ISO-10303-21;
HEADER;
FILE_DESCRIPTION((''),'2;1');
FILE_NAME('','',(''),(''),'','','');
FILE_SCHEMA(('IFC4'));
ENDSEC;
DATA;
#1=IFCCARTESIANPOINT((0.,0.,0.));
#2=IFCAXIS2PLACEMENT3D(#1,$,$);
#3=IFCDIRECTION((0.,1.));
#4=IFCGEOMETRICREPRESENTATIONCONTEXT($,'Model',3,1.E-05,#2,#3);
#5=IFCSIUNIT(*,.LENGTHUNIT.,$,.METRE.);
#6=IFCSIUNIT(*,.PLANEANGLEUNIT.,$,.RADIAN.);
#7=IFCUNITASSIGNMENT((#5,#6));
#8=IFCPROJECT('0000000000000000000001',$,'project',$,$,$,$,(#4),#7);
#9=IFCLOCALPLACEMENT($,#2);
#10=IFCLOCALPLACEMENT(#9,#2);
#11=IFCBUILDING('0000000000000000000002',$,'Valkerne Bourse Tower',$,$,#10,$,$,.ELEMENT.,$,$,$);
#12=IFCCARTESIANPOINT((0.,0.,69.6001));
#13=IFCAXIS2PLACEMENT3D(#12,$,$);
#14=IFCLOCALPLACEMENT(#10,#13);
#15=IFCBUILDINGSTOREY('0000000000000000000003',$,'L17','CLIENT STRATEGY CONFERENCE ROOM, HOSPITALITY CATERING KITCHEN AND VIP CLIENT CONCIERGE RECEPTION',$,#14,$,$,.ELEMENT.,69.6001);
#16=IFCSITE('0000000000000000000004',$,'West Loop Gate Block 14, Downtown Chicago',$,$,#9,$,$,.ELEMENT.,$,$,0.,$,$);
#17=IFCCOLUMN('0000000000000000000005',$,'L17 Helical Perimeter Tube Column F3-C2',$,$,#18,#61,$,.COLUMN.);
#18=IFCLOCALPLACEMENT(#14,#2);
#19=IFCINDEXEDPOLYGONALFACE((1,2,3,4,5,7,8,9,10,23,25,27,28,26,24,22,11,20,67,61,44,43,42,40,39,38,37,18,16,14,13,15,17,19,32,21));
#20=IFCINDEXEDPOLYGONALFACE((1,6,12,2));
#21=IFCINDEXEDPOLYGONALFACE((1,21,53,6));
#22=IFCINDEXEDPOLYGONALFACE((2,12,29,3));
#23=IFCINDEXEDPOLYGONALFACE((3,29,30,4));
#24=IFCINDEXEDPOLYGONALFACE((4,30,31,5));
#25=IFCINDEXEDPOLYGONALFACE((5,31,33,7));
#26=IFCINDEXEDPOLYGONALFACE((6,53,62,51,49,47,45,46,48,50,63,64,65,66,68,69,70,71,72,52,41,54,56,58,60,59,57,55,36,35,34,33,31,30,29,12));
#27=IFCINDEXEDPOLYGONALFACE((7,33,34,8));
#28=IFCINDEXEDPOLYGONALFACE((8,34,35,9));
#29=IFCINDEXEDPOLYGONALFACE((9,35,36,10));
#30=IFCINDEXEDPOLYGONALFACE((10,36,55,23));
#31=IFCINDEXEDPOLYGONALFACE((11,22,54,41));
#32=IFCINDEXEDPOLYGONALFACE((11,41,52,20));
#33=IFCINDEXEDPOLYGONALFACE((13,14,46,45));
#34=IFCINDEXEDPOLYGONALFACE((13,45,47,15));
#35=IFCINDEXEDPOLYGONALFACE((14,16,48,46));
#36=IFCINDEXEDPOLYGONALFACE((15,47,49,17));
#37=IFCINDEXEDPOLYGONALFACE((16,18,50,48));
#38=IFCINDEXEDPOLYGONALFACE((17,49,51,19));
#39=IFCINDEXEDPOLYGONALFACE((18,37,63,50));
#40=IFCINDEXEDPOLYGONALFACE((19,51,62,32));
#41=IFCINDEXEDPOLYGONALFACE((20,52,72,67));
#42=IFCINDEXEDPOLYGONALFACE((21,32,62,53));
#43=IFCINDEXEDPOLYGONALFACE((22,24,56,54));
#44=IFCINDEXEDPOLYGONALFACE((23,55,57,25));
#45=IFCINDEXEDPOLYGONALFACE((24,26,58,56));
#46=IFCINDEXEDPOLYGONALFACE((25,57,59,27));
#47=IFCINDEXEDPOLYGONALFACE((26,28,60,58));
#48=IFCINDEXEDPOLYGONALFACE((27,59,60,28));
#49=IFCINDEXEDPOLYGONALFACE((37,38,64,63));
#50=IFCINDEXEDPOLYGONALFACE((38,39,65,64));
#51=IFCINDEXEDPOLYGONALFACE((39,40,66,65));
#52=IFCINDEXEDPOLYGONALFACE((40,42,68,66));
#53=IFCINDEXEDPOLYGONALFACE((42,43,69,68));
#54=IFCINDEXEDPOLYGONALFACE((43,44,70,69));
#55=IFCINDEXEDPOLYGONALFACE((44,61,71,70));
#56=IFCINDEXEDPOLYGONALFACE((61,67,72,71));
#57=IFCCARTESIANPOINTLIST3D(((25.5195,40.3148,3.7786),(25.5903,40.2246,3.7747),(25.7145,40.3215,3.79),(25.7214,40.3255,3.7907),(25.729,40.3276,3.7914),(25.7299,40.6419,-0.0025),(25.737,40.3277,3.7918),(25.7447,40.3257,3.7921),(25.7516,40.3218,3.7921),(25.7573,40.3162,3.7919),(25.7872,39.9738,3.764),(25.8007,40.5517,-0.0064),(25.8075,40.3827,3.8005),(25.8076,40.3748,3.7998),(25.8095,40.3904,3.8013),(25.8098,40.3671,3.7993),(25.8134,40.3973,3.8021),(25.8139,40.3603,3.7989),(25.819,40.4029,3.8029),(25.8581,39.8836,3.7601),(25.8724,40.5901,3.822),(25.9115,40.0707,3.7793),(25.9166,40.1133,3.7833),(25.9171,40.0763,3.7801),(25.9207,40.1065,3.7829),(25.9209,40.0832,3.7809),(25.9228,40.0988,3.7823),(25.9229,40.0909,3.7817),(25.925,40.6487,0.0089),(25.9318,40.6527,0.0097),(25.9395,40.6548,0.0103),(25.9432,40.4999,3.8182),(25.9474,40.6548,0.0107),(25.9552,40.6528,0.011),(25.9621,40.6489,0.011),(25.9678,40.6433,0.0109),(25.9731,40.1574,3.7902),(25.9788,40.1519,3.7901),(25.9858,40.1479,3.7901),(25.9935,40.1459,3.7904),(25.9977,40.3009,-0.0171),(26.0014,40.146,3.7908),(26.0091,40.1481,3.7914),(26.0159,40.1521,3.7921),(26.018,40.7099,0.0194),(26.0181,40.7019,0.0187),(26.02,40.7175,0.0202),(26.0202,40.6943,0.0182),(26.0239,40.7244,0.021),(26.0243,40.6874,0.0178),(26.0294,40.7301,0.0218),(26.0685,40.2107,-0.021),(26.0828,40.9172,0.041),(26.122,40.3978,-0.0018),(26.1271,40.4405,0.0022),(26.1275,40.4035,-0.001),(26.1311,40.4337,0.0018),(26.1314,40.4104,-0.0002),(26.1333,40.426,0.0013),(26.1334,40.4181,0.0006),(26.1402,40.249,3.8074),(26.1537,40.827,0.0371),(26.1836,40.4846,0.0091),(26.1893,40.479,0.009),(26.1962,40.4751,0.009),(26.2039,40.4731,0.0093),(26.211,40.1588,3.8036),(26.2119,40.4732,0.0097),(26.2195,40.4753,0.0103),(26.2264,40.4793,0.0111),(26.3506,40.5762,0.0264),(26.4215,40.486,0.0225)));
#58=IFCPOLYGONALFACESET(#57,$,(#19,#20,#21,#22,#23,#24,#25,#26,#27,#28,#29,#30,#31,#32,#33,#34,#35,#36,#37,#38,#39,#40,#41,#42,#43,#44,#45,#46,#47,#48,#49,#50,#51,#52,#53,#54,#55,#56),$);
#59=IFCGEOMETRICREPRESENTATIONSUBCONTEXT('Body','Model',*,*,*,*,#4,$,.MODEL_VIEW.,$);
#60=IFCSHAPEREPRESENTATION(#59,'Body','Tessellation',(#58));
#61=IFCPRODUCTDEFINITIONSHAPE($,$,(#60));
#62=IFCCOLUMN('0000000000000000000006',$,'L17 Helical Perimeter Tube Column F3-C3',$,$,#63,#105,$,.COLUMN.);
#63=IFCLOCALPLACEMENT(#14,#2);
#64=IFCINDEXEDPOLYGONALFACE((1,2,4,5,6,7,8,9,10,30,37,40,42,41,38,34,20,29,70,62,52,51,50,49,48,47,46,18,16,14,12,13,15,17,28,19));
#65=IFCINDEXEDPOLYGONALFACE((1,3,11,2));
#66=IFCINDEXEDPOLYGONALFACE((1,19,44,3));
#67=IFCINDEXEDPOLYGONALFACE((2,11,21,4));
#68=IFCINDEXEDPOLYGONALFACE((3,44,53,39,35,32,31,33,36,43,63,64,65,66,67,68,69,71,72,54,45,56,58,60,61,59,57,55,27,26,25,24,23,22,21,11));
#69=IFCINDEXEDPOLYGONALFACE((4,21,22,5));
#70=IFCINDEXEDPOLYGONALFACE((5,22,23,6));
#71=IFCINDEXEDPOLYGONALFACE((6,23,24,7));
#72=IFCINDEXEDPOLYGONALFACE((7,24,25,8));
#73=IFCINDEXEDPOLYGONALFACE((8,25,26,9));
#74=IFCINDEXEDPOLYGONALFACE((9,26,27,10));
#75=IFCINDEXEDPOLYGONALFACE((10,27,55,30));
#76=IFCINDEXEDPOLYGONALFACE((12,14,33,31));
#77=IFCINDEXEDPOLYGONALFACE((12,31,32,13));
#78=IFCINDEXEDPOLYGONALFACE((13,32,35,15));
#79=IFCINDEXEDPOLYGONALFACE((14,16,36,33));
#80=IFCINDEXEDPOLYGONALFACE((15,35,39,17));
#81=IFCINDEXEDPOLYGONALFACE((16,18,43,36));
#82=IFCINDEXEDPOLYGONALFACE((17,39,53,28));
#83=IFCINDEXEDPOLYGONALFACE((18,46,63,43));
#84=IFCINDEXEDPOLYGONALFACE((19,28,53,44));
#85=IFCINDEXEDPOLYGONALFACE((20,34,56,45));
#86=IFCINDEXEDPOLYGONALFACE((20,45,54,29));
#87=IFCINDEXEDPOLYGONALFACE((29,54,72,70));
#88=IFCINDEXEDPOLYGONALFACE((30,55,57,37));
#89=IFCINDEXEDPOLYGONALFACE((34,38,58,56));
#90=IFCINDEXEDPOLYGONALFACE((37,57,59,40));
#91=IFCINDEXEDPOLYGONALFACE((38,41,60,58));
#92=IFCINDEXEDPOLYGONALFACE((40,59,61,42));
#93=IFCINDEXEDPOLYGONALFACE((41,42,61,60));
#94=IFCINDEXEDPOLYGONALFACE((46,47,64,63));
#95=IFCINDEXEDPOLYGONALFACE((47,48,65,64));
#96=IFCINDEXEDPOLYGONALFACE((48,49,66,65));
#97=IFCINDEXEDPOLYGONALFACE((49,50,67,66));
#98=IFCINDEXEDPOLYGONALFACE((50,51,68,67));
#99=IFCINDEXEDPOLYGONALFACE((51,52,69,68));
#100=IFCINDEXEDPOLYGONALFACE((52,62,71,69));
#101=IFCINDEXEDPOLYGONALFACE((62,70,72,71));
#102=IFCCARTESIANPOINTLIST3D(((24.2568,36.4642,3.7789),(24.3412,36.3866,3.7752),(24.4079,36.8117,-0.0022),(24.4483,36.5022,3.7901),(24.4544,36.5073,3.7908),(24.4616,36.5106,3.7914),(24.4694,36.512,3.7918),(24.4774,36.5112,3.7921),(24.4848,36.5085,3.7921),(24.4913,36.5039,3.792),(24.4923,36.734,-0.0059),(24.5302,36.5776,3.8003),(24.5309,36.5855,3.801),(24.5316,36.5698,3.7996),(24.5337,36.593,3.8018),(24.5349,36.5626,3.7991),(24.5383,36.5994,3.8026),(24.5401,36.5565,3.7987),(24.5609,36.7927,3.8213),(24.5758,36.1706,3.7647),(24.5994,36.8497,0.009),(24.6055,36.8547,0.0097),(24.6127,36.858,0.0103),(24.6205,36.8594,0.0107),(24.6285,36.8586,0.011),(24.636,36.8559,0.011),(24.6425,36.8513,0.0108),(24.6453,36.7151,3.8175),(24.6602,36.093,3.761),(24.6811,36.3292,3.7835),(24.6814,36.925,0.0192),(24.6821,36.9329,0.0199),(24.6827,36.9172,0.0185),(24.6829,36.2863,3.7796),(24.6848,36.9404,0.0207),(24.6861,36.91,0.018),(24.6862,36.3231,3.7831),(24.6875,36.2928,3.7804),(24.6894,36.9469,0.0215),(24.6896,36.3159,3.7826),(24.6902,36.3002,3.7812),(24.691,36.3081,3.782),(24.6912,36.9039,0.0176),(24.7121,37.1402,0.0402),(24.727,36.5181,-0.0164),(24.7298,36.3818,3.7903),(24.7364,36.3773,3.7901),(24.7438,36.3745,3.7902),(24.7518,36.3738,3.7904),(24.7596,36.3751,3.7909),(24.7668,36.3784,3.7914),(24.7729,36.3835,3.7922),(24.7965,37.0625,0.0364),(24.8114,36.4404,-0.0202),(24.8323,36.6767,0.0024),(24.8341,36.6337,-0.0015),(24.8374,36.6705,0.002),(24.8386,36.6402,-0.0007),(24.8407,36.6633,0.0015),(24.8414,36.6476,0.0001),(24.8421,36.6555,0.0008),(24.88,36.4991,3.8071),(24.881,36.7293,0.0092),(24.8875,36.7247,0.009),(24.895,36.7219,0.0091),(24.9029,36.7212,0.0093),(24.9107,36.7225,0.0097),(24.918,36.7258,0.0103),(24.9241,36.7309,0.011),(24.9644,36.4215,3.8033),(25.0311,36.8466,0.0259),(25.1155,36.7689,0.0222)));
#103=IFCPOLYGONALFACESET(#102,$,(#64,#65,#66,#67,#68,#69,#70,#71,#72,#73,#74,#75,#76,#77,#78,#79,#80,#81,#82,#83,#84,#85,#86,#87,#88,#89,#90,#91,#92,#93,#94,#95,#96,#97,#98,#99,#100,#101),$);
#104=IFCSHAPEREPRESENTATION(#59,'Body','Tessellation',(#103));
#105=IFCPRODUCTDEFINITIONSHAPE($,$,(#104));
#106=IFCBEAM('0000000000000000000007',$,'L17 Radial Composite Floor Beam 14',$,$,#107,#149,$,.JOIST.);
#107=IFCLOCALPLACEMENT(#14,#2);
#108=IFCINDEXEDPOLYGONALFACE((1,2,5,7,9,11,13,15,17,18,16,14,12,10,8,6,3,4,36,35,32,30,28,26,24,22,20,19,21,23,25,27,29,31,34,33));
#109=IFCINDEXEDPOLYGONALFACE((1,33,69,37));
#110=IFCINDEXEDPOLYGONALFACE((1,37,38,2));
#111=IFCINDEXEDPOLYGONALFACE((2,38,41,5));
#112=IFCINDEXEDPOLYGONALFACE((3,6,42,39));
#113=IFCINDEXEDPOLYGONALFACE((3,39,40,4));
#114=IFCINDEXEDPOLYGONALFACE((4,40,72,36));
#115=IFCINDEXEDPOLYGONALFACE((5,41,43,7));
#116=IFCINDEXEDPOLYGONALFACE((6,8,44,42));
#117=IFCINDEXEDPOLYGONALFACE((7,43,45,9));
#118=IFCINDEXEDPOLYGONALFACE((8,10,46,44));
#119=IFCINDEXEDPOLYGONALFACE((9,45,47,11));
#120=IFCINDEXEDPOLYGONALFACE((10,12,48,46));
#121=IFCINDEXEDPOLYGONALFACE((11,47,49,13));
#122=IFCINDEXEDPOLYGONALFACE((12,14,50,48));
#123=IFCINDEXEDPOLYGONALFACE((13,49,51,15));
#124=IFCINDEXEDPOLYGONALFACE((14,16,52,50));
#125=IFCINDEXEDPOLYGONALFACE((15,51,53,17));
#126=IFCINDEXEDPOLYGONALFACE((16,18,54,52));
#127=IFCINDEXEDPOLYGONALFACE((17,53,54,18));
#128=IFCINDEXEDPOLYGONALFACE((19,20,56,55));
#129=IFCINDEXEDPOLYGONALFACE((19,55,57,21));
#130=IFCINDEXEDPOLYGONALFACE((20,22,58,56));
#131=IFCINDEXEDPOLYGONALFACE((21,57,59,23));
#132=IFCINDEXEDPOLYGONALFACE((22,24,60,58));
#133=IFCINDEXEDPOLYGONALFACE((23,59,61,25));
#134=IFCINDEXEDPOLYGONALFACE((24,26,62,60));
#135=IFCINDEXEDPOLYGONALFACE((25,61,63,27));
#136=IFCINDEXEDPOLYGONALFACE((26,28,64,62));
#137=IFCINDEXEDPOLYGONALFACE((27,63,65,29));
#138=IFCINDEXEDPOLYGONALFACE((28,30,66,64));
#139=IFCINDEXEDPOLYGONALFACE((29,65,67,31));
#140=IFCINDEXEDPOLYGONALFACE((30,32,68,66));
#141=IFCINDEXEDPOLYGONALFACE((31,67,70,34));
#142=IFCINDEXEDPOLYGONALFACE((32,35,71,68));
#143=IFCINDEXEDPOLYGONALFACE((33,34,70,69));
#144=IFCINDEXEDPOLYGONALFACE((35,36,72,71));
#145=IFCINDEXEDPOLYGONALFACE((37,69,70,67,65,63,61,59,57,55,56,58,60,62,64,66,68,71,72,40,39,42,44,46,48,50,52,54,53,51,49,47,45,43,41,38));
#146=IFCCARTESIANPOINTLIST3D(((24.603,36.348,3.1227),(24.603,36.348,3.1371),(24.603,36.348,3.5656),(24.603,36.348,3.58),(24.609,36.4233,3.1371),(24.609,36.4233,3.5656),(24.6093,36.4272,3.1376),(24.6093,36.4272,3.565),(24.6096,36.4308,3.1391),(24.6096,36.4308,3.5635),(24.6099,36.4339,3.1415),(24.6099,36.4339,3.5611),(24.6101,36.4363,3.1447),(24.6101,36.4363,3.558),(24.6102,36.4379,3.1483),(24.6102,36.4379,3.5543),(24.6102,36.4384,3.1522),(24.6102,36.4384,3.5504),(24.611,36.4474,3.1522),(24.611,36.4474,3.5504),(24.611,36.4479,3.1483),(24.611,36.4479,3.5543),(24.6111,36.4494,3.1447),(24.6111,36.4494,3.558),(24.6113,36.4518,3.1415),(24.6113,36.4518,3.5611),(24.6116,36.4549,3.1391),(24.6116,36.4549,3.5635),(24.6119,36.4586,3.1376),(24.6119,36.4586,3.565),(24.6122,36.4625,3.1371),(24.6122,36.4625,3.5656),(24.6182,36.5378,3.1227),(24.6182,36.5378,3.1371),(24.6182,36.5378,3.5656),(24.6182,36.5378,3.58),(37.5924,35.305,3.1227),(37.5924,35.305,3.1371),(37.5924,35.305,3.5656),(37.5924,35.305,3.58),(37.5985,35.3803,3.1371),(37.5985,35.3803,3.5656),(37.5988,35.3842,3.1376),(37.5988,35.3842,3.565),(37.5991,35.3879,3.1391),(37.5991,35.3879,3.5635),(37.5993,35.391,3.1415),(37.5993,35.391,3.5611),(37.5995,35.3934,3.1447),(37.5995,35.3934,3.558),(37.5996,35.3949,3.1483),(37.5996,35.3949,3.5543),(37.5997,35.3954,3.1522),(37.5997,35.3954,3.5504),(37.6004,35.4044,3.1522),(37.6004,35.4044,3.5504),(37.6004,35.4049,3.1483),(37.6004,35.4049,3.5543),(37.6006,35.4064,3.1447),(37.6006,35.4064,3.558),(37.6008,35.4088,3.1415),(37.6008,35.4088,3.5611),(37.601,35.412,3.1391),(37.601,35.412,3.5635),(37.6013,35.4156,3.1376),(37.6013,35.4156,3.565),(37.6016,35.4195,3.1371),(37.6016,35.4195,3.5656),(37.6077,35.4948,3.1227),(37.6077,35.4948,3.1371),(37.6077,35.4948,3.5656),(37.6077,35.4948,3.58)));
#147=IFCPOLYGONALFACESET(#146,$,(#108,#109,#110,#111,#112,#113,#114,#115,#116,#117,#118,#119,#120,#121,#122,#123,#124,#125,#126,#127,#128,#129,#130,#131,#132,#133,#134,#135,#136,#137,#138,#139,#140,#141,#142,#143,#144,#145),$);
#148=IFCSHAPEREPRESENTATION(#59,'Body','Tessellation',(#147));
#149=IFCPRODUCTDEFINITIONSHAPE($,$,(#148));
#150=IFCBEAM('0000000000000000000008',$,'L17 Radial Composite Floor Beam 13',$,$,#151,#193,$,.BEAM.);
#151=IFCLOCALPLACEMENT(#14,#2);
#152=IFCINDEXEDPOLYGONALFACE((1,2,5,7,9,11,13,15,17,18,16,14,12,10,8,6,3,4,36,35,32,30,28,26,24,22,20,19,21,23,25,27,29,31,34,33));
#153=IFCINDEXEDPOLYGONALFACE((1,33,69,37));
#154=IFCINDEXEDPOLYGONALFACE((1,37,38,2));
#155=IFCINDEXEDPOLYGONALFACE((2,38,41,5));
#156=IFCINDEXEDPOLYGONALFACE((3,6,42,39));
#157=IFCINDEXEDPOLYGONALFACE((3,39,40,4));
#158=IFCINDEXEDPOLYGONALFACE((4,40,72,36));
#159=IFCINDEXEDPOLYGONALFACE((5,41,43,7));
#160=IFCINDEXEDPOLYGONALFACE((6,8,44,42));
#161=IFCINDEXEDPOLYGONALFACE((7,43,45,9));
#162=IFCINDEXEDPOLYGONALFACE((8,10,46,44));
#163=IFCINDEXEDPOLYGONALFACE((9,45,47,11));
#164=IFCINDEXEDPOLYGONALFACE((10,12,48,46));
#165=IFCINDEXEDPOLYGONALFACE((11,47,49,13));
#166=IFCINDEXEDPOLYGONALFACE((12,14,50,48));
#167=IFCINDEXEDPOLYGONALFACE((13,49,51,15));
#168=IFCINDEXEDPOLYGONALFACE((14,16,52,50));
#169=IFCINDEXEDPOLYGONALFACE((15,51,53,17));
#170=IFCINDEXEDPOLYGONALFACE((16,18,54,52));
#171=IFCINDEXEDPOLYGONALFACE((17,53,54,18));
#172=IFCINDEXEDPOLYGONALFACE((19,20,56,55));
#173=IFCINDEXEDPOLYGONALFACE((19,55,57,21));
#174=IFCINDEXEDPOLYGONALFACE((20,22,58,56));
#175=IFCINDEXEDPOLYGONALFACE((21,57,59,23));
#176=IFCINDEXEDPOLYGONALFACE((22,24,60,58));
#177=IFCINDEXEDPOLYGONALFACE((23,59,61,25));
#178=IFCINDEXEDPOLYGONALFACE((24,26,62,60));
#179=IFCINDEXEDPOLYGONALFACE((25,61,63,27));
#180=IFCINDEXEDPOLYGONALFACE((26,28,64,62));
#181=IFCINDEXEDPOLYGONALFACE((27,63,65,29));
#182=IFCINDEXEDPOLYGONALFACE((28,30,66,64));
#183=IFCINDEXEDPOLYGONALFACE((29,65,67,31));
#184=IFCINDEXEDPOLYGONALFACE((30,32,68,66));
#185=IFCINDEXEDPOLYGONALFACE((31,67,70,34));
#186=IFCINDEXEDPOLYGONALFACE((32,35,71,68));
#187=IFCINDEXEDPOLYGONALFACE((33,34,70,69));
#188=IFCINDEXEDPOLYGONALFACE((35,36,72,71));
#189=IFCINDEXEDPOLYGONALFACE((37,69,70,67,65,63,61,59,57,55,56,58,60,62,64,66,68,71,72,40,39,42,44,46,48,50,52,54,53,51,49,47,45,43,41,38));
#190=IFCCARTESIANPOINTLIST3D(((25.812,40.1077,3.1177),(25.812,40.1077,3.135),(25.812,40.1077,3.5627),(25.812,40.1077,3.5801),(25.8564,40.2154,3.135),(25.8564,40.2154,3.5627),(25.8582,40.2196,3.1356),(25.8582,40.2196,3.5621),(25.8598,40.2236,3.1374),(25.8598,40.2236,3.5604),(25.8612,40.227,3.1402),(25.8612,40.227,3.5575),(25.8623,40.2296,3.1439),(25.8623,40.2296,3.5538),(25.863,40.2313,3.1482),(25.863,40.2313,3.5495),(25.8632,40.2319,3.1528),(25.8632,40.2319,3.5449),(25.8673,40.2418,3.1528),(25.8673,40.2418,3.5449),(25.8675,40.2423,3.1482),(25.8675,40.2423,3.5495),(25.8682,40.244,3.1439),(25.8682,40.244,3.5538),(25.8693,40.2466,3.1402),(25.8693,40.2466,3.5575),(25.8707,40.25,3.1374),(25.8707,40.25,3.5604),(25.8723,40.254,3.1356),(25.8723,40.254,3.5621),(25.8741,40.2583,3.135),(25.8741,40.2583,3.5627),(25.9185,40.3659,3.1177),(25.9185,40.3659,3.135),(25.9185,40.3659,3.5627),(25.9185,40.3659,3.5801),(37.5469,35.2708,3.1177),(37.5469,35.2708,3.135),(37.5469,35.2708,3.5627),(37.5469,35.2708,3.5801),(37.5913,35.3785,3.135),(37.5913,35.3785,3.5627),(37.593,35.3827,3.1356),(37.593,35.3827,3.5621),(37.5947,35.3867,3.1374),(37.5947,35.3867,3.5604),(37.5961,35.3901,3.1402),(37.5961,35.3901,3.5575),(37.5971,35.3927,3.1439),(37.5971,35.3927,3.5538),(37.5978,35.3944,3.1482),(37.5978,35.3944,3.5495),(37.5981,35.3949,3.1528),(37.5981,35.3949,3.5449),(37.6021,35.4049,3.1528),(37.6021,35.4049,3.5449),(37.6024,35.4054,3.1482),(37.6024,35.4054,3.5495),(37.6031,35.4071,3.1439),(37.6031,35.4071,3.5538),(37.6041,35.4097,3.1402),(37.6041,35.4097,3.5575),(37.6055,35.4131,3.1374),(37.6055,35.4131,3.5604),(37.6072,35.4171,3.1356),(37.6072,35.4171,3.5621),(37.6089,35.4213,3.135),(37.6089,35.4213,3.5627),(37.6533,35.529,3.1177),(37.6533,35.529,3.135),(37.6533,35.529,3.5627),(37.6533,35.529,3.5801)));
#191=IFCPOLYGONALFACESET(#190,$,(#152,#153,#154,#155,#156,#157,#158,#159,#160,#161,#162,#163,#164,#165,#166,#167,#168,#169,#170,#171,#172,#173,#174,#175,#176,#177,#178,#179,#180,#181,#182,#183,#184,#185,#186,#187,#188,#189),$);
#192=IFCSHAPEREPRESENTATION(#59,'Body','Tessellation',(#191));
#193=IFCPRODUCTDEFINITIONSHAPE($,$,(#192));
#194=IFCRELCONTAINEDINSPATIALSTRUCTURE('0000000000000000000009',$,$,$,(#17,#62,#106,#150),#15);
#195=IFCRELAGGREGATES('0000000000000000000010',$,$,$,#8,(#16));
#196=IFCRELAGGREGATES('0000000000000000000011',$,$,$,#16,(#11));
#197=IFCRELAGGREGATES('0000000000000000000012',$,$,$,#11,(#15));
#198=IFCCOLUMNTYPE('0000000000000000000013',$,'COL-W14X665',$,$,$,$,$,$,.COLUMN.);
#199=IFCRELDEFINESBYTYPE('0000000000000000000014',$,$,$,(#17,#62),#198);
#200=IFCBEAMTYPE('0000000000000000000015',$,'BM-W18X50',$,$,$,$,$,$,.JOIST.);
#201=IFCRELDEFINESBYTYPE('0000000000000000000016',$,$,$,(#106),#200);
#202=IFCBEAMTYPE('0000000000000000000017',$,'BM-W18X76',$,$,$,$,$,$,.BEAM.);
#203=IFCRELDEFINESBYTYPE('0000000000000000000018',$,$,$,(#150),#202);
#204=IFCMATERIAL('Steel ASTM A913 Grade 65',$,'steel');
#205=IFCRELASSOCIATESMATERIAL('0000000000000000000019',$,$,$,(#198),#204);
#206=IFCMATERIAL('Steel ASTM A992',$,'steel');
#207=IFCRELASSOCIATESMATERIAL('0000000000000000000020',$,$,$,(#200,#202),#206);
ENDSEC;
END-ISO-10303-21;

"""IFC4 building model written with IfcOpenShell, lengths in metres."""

from ifc_helpers import new_model, si_unit, direction, frame, origin, origin_2d, place, context, subcontext, project, spatial, i_section, extrude, material, material_profile, profile_set, type_object, element, save


model = new_model("IFC4")

# Units and contexts
model_context = context("Model", 3, precision=1e-05, world=origin(), true_north=direction((0.0, 1.0)))
body_context = subcontext(model_context, "Body", "Model", "MODEL_VIEW")
ifc_project = project(units=[si_unit("LENGTHUNIT", "METRE"), si_unit("PLANEANGLEUNIT", "RADIAN")], contexts=[model_context])

# Site, building, storey
site_placement = place(None, origin())
site = spatial("IfcSite", under=ifc_project, at=site_placement, Name="West Loop Gate Block 14, Downtown Chicago", CompositionType="ELEMENT", RefElevation=0.0)
building_placement = place(site_placement, origin())
building = spatial("IfcBuilding", under=site, at=building_placement, Name="Valkerne Bourse Tower", CompositionType="ELEMENT")
storey_placement = place(building_placement, frame((0.0, 0.0, 69.6001)))
storey = spatial("IfcBuildingStorey", under=building, at=storey_placement, Name="L17", Description="CLIENT STRATEGY CONFERENCE ROOM, HOSPITALITY CATERING KITCHEN AND VIP CLIENT CONCIERGE RECEPTION", CompositionType="ELEMENT", Elevation=69.6001)

# Columns
ifc_material_1 = material(Name="Steel ASTM A913 Grade 65", Category="steel")
ifc_material_profile_1 = material_profile(ifc_material_1, i_section(OverallWidth=0.4497, OverallDepth=0.5486, WebThickness=0.072, FlangeThickness=0.1147, FilletRadius=0.0305, at=origin_2d()), Name="W14X665")
ifc_profile_set_1 = profile_set([ifc_material_profile_1], Name="Steel ASTM A913 Grade 65")
column_type = type_object("IfcColumnType", Name="COL-W14X665", PredefinedType="COLUMN", material=ifc_profile_set_1)
column_1_placement = place(storey_placement, frame((26.0757, 40.564, 0.01), z_axis=(-0.055367, -0.08607, 0.994749), x_axis=(-0.784818, -0.612144, -0.096648)))
element("IfcColumn", 1, at=column_1_placement, inside=storey, type_object=column_type, Name="L17 Helical Perimeter Tube Column F3-C2", PredefinedType="COLUMN", context=body_context, shape_type="SweptSolid", body=[
    extrude(i_section(OverallWidth=0.4497, OverallDepth=0.5486, WebThickness=0.072, FlangeThickness=0.1147, FilletRadius=0.0305, at=origin_2d()), origin(), (0.0, 0.0, 1.0), 3.801),
])
column_2_placement = place(storey_placement, frame((24.7617, 36.7903, 0.01), z_axis=(-0.03977, -0.091426, 0.995017), x_axis=(-0.676396, -0.730495, -0.094155)))
element("IfcColumn", 2, at=column_2_placement, inside=storey, type_object=column_type, Name="L17 Helical Perimeter Tube Column F3-C3", PredefinedType="COLUMN", context=body_context, shape_type="SweptSolid", body=[
    extrude(i_section(OverallWidth=0.4497, OverallDepth=0.5486, WebThickness=0.072, FlangeThickness=0.1147, FilletRadius=0.0305, at=origin_2d()), origin(), (0.0, 0.0, 1.0), 3.8),
])

# Beams
ifc_material_2 = material(Name="Steel ASTM A992", Category="steel")
ifc_material_profile_2 = material_profile(ifc_material_2, i_section(OverallWidth=0.1904, OverallDepth=0.4573, WebThickness=0.009, FlangeThickness=0.0144, FilletRadius=0.0151, at=origin_2d()), Name="W18X50")
ifc_profile_set_2 = profile_set([ifc_material_profile_2], Name="Steel ASTM A992")
beam_type_1 = type_object("IfcBeamType", Name="BM-W18X50", PredefinedType="JOIST", material=ifc_profile_set_2)
beam_1_placement = place(storey_placement, frame((24.6106, 36.4429, 3.3513), z_axis=(0.996792, -0.080036, 0.0), x_axis=(0.080036, 0.996792, 0.0)))
element("IfcBeam", 3, at=beam_1_placement, inside=storey, type_object=beam_type_1, Name="L17 Radial Composite Floor Beam 14", PredefinedType="JOIST", context=body_context, shape_type="SweptSolid", body=[
    extrude(i_section(OverallWidth=0.1904, OverallDepth=0.4573, WebThickness=0.009, FlangeThickness=0.0144, FilletRadius=0.0151, at=origin_2d()), origin(), (0.0, 0.0, 1.0), 13.0312),
])
ifc_material_profile_3 = material_profile(ifc_material_2, i_section(OverallWidth=0.2793, OverallDepth=0.4624, WebThickness=0.0107, FlangeThickness=0.0173, FilletRadius=0.0178, at=origin_2d()), Name="W18X76")
ifc_profile_set_3 = profile_set([ifc_material_profile_3], Name="Steel ASTM A992")
beam_type_2 = type_object("IfcBeamType", Name="BM-W18X76", PredefinedType="BEAM", material=ifc_profile_set_3)
beam_2_placement = place(storey_placement, frame((25.8652, 40.2368, 3.3489), z_axis=(0.924542, -0.381081, 0.0), x_axis=(0.381081, 0.924542, 0.0)))
element("IfcBeam", 4, at=beam_2_placement, inside=storey, type_object=beam_type_2, Name="L17 Radial Composite Floor Beam 13", PredefinedType="BEAM", context=body_context, shape_type="SweptSolid", body=[
    extrude(i_section(OverallWidth=0.2793, OverallDepth=0.4624, WebThickness=0.0107, FlangeThickness=0.0173, FilletRadius=0.0178, at=origin_2d()), origin(), (0.0, 0.0, 1.0), 12.6926),
])

save(model, "model.ifc")
